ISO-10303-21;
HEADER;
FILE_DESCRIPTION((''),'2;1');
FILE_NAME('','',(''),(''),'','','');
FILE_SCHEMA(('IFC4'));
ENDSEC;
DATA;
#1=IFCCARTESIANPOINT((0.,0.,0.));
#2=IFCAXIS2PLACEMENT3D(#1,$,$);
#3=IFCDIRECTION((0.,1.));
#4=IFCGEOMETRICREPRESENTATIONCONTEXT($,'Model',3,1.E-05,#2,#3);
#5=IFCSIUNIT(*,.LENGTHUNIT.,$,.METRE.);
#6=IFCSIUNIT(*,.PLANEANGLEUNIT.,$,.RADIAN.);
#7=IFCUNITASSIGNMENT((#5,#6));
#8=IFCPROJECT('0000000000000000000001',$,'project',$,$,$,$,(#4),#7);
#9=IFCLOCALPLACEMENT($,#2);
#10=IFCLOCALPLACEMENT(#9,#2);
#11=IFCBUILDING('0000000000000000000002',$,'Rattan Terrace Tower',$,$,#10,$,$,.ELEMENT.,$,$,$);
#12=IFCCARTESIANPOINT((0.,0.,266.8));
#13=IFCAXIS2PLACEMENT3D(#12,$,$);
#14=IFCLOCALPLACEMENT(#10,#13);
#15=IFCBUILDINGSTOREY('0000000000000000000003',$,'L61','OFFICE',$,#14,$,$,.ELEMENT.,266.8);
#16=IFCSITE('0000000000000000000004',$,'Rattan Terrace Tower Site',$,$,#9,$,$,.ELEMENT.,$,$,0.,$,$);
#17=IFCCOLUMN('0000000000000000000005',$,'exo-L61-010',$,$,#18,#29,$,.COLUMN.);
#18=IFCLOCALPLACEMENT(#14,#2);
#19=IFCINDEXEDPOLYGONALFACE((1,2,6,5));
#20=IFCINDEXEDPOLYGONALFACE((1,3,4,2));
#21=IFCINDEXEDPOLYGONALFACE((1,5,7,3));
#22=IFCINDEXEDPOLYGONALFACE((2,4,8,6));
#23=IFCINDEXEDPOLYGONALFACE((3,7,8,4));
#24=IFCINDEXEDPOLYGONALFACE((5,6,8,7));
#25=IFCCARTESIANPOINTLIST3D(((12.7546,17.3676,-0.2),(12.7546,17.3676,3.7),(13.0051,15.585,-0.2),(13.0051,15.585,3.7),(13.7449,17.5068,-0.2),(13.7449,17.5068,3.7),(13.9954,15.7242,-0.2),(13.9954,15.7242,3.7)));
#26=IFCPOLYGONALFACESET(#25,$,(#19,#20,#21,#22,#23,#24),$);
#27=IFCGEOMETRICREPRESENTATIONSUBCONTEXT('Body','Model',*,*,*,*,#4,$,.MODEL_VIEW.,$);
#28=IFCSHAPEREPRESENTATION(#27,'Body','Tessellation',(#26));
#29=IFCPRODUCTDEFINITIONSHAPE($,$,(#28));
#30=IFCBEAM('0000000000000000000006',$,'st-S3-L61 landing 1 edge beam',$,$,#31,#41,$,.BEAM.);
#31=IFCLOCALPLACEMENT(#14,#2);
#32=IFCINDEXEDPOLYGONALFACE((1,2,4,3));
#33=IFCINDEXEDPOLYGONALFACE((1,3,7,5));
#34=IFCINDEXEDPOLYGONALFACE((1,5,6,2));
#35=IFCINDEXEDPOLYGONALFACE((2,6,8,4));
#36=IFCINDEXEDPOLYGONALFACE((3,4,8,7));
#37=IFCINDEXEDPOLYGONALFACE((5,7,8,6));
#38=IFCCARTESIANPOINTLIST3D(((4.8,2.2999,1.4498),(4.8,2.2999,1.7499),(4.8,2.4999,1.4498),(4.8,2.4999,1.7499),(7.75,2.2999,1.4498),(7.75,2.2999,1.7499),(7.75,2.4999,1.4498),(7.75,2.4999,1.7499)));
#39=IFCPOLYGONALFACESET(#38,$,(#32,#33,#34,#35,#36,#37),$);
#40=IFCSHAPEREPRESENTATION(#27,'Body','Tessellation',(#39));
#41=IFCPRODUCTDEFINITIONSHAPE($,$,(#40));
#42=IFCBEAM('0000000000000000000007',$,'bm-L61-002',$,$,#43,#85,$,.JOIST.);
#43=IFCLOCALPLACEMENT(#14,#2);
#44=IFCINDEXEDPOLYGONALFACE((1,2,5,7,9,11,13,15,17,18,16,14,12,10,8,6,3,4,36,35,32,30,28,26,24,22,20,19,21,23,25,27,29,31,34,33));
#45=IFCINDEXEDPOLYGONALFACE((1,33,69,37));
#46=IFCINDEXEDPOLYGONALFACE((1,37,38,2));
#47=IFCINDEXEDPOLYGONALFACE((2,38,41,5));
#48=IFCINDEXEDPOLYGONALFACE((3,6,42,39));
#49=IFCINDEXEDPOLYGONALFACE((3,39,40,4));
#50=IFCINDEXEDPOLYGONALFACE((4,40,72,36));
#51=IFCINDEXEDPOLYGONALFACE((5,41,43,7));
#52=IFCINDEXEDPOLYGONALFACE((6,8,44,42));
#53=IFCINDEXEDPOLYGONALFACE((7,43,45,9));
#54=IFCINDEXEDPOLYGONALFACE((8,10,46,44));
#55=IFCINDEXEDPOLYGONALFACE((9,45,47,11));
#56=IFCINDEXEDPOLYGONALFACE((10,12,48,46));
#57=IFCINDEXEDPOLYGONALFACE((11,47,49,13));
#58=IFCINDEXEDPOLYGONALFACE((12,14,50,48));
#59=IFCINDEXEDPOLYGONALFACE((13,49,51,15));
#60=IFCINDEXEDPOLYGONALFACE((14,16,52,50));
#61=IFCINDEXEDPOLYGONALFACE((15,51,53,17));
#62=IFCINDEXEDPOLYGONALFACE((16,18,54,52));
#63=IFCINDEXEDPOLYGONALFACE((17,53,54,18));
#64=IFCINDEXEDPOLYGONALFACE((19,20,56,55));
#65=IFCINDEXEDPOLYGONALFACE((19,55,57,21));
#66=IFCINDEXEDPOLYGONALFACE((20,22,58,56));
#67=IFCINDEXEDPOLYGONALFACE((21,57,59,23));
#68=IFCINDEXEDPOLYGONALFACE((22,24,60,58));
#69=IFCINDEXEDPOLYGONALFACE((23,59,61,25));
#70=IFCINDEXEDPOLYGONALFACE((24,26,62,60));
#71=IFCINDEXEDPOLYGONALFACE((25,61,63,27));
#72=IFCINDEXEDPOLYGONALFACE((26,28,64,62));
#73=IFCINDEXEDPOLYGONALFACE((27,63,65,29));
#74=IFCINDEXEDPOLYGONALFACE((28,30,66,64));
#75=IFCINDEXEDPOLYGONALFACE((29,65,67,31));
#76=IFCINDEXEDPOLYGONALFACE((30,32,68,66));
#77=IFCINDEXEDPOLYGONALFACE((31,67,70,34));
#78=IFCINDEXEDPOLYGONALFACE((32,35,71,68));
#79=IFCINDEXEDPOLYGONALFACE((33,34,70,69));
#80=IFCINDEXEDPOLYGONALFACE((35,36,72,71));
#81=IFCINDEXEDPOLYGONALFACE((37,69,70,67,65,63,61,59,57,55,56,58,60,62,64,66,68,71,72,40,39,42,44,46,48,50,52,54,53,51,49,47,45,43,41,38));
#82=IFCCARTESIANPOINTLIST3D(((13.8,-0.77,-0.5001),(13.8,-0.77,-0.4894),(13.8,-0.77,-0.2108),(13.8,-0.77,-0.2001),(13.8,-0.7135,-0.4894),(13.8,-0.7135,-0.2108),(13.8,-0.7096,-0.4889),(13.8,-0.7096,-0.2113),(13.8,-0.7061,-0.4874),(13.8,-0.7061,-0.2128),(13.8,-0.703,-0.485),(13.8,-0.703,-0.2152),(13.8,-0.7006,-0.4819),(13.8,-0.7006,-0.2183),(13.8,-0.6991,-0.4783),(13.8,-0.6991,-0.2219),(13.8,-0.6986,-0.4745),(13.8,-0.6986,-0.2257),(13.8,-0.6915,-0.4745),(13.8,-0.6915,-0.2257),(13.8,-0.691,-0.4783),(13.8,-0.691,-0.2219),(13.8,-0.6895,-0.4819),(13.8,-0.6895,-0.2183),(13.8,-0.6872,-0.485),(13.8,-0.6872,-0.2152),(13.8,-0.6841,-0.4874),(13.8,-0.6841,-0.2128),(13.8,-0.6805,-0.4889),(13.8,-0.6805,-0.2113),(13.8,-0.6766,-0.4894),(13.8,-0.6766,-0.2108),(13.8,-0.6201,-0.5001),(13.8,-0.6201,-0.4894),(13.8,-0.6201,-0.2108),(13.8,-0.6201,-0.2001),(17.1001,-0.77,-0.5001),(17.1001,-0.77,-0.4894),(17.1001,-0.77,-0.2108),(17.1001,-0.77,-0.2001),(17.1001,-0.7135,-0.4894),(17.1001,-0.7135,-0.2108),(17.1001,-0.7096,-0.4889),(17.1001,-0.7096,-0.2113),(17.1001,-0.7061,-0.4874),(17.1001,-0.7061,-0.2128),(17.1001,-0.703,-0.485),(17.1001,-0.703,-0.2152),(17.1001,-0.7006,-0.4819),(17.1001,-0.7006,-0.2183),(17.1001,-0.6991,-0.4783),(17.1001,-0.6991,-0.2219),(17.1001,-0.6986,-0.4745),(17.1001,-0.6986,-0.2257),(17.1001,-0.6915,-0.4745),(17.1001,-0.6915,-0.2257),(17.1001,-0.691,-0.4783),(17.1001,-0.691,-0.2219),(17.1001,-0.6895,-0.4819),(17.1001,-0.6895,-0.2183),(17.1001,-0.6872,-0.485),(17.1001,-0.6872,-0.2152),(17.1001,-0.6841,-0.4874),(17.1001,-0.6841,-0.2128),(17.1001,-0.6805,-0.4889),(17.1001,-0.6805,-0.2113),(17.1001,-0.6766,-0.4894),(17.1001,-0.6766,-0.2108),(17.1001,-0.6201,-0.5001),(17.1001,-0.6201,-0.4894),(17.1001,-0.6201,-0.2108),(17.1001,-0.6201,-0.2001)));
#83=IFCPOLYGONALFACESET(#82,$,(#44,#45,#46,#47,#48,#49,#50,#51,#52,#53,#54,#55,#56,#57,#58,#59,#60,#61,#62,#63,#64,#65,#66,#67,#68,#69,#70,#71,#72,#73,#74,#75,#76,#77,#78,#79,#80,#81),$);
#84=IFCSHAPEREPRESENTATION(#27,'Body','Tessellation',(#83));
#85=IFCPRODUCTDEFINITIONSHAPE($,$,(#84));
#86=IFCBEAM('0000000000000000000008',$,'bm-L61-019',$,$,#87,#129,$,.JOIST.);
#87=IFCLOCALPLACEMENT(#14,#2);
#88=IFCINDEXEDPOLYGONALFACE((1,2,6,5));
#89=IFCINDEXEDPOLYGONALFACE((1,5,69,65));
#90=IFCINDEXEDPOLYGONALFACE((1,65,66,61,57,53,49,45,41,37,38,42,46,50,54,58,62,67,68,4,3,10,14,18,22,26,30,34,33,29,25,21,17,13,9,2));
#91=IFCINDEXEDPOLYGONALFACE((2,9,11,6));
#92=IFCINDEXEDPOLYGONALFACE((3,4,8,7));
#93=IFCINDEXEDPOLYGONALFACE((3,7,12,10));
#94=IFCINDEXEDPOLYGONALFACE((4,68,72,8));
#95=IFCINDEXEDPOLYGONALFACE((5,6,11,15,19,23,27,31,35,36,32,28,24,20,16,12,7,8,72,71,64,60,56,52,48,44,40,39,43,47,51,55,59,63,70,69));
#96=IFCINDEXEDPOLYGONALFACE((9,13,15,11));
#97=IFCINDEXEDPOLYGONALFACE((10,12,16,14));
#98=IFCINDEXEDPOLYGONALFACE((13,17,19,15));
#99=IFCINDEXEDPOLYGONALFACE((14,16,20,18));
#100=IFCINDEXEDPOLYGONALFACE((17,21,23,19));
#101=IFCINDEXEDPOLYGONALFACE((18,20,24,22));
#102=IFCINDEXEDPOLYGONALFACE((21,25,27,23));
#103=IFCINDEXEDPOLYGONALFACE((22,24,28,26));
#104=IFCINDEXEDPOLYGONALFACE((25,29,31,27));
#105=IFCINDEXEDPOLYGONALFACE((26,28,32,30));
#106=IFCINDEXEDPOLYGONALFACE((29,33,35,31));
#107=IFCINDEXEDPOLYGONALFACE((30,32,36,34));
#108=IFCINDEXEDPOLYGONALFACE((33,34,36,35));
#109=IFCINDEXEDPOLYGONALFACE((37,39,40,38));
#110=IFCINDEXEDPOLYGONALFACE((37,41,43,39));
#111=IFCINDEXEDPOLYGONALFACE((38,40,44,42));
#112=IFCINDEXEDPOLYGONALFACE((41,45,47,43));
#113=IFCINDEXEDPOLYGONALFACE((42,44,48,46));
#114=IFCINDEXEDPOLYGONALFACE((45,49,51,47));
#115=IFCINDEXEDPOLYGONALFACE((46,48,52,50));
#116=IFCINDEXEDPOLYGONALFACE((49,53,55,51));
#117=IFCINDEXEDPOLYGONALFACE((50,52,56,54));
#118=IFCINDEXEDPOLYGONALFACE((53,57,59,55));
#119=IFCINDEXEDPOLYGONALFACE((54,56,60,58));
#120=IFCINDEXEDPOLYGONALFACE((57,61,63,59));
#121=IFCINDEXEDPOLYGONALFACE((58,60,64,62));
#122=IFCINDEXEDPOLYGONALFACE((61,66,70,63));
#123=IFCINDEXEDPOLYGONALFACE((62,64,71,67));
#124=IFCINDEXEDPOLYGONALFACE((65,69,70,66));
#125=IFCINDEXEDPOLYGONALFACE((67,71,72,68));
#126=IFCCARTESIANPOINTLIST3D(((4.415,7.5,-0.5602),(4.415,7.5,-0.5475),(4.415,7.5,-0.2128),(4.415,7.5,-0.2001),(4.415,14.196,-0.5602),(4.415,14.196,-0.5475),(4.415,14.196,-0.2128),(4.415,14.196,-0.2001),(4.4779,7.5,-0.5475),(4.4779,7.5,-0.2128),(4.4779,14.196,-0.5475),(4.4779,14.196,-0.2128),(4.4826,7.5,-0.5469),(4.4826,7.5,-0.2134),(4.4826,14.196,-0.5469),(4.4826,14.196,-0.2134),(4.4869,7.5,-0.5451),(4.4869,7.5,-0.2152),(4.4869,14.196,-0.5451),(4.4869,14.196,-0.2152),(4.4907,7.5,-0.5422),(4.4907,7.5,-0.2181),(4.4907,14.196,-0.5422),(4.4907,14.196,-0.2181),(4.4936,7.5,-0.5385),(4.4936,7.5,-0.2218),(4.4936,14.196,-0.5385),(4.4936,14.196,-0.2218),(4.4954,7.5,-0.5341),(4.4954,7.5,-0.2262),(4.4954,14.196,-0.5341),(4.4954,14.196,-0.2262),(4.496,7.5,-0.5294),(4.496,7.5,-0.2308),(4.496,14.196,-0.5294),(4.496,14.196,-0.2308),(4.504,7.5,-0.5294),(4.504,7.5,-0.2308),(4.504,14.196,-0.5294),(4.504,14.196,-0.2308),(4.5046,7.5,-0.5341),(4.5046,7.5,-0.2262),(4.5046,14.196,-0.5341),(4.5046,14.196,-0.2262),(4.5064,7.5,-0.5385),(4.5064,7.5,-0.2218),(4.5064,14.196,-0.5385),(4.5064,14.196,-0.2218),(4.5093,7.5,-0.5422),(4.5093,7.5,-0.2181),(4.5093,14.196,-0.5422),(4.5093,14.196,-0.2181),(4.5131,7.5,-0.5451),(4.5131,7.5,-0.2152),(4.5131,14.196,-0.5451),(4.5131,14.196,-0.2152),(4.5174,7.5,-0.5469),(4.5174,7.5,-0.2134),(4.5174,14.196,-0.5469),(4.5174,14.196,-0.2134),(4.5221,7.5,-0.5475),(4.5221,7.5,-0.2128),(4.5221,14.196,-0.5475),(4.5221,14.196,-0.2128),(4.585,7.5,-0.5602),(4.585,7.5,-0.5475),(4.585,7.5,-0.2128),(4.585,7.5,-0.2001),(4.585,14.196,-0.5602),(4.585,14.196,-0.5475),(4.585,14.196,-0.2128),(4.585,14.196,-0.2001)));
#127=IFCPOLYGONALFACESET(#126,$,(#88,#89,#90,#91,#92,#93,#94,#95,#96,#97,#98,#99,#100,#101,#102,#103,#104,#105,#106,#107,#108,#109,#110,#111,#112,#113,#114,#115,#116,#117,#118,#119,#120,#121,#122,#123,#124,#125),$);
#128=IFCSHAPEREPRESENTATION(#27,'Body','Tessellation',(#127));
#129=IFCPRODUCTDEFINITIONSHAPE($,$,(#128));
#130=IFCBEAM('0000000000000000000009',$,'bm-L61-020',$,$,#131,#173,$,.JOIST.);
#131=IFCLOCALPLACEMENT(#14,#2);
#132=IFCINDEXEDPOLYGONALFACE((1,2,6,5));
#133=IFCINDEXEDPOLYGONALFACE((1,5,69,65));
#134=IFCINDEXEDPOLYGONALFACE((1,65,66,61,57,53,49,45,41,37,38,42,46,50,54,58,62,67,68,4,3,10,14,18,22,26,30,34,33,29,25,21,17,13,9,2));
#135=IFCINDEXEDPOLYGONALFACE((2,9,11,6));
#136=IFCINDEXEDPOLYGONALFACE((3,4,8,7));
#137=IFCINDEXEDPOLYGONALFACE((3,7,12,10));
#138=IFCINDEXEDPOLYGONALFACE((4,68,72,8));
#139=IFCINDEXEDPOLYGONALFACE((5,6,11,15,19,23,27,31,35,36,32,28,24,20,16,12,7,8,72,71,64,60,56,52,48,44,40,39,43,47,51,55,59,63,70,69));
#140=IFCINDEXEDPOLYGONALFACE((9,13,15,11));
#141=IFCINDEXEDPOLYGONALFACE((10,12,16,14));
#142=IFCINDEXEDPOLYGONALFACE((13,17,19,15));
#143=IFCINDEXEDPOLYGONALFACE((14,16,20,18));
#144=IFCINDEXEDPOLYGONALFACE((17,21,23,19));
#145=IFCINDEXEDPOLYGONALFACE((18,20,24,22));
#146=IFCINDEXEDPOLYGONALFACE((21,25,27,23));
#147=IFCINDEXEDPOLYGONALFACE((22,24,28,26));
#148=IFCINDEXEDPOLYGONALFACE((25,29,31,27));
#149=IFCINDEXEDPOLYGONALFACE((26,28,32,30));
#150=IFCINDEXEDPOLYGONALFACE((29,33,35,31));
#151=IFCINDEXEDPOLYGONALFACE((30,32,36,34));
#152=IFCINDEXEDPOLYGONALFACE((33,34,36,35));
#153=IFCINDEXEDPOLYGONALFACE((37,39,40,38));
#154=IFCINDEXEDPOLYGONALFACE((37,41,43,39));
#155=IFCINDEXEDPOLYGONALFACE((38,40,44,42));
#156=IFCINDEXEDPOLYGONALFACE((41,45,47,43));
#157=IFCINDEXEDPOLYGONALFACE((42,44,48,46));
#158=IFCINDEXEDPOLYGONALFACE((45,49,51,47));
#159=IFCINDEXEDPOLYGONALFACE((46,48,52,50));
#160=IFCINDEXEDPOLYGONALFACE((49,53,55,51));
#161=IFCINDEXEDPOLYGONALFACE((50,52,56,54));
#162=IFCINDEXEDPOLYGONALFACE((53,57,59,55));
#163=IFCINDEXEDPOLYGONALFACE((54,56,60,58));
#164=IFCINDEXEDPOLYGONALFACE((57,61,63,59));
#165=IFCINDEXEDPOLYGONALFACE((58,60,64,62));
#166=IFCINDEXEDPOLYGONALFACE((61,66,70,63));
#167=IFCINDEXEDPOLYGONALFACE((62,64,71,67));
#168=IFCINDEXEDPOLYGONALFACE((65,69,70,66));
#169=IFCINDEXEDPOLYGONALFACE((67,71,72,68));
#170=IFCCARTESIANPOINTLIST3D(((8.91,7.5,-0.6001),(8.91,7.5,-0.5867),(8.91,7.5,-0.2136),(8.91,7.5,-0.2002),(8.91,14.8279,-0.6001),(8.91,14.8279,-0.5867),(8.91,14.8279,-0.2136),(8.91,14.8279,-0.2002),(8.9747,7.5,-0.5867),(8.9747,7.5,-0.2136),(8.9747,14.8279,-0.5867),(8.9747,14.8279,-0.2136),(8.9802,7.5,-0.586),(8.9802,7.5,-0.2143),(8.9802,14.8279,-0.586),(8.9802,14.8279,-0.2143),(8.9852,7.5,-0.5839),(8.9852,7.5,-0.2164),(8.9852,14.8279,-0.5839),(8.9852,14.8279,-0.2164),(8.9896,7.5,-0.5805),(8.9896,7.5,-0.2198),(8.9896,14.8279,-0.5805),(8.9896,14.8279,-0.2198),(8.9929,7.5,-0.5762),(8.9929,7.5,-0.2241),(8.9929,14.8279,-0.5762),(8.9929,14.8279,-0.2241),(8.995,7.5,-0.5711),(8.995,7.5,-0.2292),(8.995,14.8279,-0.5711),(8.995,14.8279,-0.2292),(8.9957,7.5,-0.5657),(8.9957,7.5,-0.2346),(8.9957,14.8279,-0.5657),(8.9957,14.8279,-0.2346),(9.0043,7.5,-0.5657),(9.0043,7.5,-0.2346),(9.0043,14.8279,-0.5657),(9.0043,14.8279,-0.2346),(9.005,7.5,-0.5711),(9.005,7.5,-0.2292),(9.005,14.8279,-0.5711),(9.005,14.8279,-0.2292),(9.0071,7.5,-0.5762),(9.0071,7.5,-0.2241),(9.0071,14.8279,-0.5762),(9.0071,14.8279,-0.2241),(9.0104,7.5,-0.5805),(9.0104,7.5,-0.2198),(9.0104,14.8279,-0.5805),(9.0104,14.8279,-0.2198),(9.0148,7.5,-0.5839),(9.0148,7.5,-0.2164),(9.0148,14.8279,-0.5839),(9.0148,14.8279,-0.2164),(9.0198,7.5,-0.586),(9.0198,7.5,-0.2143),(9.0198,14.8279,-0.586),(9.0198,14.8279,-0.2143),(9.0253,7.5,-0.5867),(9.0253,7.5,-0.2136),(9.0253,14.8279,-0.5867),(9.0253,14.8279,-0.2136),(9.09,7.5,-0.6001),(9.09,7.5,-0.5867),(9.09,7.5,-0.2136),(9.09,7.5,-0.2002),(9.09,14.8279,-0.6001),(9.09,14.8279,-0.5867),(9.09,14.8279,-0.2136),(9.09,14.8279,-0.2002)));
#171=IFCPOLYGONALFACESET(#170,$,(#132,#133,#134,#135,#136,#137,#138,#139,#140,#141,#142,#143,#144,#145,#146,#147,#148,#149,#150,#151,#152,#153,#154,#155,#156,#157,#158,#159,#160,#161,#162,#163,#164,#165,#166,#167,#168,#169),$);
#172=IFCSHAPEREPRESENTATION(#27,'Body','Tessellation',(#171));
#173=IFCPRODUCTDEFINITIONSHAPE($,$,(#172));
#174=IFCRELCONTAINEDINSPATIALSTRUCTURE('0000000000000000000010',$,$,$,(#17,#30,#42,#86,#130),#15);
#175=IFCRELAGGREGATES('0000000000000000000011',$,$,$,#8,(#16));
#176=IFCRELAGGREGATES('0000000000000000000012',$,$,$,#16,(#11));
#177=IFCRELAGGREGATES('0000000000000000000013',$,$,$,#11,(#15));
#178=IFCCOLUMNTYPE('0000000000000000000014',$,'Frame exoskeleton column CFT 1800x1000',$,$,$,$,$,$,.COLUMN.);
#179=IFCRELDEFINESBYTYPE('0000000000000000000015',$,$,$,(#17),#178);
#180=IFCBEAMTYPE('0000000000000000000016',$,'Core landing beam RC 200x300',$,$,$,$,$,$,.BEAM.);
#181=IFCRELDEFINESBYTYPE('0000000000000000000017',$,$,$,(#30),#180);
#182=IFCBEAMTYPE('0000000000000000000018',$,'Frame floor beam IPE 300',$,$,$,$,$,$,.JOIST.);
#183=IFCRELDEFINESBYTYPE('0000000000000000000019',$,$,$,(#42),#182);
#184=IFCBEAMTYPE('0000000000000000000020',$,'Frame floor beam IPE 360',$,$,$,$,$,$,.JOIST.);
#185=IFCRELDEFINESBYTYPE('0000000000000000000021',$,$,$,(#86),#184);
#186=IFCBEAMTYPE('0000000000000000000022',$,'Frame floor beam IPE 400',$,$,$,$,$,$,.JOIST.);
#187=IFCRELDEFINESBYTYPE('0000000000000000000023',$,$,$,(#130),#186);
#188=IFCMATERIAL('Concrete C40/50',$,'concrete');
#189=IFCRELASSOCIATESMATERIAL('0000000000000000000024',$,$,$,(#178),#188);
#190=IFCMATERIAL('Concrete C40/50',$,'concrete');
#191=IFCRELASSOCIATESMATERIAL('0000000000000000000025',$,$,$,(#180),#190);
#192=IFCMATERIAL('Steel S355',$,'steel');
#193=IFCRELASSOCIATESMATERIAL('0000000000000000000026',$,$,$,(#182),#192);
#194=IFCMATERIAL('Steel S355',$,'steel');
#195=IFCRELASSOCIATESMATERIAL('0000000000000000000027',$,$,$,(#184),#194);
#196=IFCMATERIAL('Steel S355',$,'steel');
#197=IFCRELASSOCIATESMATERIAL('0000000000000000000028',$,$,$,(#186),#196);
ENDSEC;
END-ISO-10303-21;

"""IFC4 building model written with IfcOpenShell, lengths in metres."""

from ifc_helpers import new_model, si_unit, direction, frame, origin, origin_2d, place, context, subcontext, project, spatial, rectangle, i_section, extrude, material, material_profile, profile_set, type_object, element, save


model = new_model("IFC4")

# Units and contexts
model_context = context("Model", 3, precision=1e-05, world=origin(), true_north=direction((0.0, 1.0)))
body_context = subcontext(model_context, "Body", "Model", "MODEL_VIEW")
ifc_project = project(units=[si_unit("LENGTHUNIT", "METRE"), si_unit("PLANEANGLEUNIT", "RADIAN")], contexts=[model_context])

# Site, building, storey
site_placement = place(None, origin())
site = spatial("IfcSite", under=ifc_project, at=site_placement, Name="Rattan Terrace Tower Site", CompositionType="ELEMENT", RefElevation=0.0)
building_placement = place(site_placement, origin())
building = spatial("IfcBuilding", under=site, at=building_placement, Name="Rattan Terrace Tower", CompositionType="ELEMENT")
storey_placement = place(building_placement, frame((0.0, 0.0, 266.8)))
storey = spatial("IfcBuildingStorey", under=building, at=storey_placement, Name="L61", Description="OFFICE", CompositionType="ELEMENT", Elevation=266.8)

# Column
ifc_material_1 = material(Name="Concrete C40/50", Category="concrete")
ifc_material_profile_1 = material_profile(ifc_material_1, rectangle(XDim=1.0, YDim=1.8, at=origin_2d()), Name="CFT 1800x1000")
ifc_profile_set_1 = profile_set([ifc_material_profile_1], Name="Concrete C40/50")
column_type = type_object("IfcColumnType", Name="Frame exoskeleton column CFT 1800x1000", PredefinedType="COLUMN", material=ifc_profile_set_1)
column_placement = place(storey_placement, frame((13.375, 16.5459, -0.2), z_axis=(0.0, 0.0, 1.0), x_axis=(0.990266, 0.13919, 0.0)))
element("IfcColumn", 1, at=column_placement, inside=storey, type_object=column_type, Name="exo-L61-010", PredefinedType="COLUMN", context=body_context, shape_type="SweptSolid", body=[
    extrude(rectangle(XDim=1.0, YDim=1.8, at=origin_2d()), origin(), (0.0, 0.0, 1.0), 3.8999),
])

# Beams
ifc_material_2 = material(Name="Concrete C40/50", Category="concrete")
ifc_material_profile_2 = material_profile(ifc_material_2, rectangle(XDim=0.2, YDim=0.3, at=origin_2d()), Name="RC 200x300")
ifc_profile_set_2 = profile_set([ifc_material_profile_2], Name="Concrete C40/50")
beam_type_1 = type_object("IfcBeamType", Name="Core landing beam RC 200x300", PredefinedType="BEAM", material=ifc_profile_set_2)
beam_1_placement = place(storey_placement, frame((4.8, 2.3999, 1.5999), z_axis=(1.0, 0.0, 0.0), x_axis=(0.0, 1.0, 0.0)))
element("IfcBeam", 2, at=beam_1_placement, inside=storey, type_object=beam_type_1, Name="st-S3-L61 landing 1 edge beam", PredefinedType="BEAM", context=body_context, shape_type="SweptSolid", body=[
    extrude(rectangle(XDim=0.2, YDim=0.3, at=origin_2d()), origin(), (0.0, 0.0, 1.0), 2.95),
])
ifc_material_3 = material(Name="Steel S355", Category="steel")
ifc_material_profile_3 = material_profile(ifc_material_3, i_section(OverallWidth=0.1499, OverallDepth=0.3, WebThickness=0.0071, FlangeThickness=0.0107, FilletRadius=0.0149, at=origin_2d()), Name="IPE 300")
ifc_profile_set_3 = profile_set([ifc_material_profile_3], Name="Steel S355")
beam_type_2 = type_object("IfcBeamType", Name="Frame floor beam IPE 300", PredefinedType="JOIST", material=ifc_profile_set_3)
beam_2_placement = place(storey_placement, frame((13.8, -0.6951, -0.3501), z_axis=(1.0, 0.0, 0.0), x_axis=(0.0, 1.0, 0.0)))
element("IfcBeam", 3, at=beam_2_placement, inside=storey, type_object=beam_type_2, Name="bm-L61-002", PredefinedType="JOIST", context=body_context, shape_type="SweptSolid", body=[
    extrude(i_section(OverallWidth=0.1499, OverallDepth=0.3, WebThickness=0.0071, FlangeThickness=0.0107, FilletRadius=0.0149, at=origin_2d()), origin(), (0.0, 0.0, 1.0), 3.3),
])
ifc_material_4 = material(Name="Steel S355", Category="steel")
ifc_material_profile_4 = material_profile(ifc_material_4, i_section(OverallWidth=0.1699, OverallDepth=0.3601, WebThickness=0.0081, FlangeThickness=0.0127, FilletRadius=0.0181, at=origin_2d()), Name="IPE 360")
ifc_profile_set_4 = profile_set([ifc_material_profile_4], Name="Steel S355")
beam_type_3 = type_object("IfcBeamType", Name="Frame floor beam IPE 360", PredefinedType="JOIST", material=ifc_profile_set_4)
beam_3_placement = place(storey_placement, frame((4.5, 7.5, -0.3801), z_axis=(0.0, 1.0, 0.0), x_axis=(-1.0, 0.0, 0.0)))
element("IfcBeam", 4, at=beam_3_placement, inside=storey, type_object=beam_type_3, Name="bm-L61-019", PredefinedType="JOIST", context=body_context, shape_type="SweptSolid", body=[
    extrude(i_section(OverallWidth=0.1699, OverallDepth=0.3601, WebThickness=0.0081, FlangeThickness=0.0127, FilletRadius=0.0181, at=origin_2d()), origin(), (0.0, 0.0, 1.0), 6.696),
])
ifc_material_5 = material(Name="Steel S355", Category="steel")
ifc_material_profile_5 = material_profile(ifc_material_5, i_section(OverallWidth=0.1799, OverallDepth=0.3999, WebThickness=0.0085, FlangeThickness=0.0134, FilletRadius=0.021, at=origin_2d()), Name="IPE 400")
ifc_profile_set_5 = profile_set([ifc_material_profile_5], Name="Steel S355")
beam_type_4 = type_object("IfcBeamType", Name="Frame floor beam IPE 400", PredefinedType="JOIST", material=ifc_profile_set_5)
beam_4_placement = place(storey_placement, frame((9.0, 7.5, -0.4001), z_axis=(0.0, 1.0, 0.0), x_axis=(-1.0, 0.0, 0.0)))
element("IfcBeam", 5, at=beam_4_placement, inside=storey, type_object=beam_type_4, Name="bm-L61-020", PredefinedType="JOIST", context=body_context, shape_type="SweptSolid", body=[
    extrude(i_section(OverallWidth=0.1799, OverallDepth=0.3999, WebThickness=0.0085, FlangeThickness=0.0134, FilletRadius=0.021, at=origin_2d()), origin(), (0.0, 0.0, 1.0), 7.3279),
])

save(model, "model.ifc")
